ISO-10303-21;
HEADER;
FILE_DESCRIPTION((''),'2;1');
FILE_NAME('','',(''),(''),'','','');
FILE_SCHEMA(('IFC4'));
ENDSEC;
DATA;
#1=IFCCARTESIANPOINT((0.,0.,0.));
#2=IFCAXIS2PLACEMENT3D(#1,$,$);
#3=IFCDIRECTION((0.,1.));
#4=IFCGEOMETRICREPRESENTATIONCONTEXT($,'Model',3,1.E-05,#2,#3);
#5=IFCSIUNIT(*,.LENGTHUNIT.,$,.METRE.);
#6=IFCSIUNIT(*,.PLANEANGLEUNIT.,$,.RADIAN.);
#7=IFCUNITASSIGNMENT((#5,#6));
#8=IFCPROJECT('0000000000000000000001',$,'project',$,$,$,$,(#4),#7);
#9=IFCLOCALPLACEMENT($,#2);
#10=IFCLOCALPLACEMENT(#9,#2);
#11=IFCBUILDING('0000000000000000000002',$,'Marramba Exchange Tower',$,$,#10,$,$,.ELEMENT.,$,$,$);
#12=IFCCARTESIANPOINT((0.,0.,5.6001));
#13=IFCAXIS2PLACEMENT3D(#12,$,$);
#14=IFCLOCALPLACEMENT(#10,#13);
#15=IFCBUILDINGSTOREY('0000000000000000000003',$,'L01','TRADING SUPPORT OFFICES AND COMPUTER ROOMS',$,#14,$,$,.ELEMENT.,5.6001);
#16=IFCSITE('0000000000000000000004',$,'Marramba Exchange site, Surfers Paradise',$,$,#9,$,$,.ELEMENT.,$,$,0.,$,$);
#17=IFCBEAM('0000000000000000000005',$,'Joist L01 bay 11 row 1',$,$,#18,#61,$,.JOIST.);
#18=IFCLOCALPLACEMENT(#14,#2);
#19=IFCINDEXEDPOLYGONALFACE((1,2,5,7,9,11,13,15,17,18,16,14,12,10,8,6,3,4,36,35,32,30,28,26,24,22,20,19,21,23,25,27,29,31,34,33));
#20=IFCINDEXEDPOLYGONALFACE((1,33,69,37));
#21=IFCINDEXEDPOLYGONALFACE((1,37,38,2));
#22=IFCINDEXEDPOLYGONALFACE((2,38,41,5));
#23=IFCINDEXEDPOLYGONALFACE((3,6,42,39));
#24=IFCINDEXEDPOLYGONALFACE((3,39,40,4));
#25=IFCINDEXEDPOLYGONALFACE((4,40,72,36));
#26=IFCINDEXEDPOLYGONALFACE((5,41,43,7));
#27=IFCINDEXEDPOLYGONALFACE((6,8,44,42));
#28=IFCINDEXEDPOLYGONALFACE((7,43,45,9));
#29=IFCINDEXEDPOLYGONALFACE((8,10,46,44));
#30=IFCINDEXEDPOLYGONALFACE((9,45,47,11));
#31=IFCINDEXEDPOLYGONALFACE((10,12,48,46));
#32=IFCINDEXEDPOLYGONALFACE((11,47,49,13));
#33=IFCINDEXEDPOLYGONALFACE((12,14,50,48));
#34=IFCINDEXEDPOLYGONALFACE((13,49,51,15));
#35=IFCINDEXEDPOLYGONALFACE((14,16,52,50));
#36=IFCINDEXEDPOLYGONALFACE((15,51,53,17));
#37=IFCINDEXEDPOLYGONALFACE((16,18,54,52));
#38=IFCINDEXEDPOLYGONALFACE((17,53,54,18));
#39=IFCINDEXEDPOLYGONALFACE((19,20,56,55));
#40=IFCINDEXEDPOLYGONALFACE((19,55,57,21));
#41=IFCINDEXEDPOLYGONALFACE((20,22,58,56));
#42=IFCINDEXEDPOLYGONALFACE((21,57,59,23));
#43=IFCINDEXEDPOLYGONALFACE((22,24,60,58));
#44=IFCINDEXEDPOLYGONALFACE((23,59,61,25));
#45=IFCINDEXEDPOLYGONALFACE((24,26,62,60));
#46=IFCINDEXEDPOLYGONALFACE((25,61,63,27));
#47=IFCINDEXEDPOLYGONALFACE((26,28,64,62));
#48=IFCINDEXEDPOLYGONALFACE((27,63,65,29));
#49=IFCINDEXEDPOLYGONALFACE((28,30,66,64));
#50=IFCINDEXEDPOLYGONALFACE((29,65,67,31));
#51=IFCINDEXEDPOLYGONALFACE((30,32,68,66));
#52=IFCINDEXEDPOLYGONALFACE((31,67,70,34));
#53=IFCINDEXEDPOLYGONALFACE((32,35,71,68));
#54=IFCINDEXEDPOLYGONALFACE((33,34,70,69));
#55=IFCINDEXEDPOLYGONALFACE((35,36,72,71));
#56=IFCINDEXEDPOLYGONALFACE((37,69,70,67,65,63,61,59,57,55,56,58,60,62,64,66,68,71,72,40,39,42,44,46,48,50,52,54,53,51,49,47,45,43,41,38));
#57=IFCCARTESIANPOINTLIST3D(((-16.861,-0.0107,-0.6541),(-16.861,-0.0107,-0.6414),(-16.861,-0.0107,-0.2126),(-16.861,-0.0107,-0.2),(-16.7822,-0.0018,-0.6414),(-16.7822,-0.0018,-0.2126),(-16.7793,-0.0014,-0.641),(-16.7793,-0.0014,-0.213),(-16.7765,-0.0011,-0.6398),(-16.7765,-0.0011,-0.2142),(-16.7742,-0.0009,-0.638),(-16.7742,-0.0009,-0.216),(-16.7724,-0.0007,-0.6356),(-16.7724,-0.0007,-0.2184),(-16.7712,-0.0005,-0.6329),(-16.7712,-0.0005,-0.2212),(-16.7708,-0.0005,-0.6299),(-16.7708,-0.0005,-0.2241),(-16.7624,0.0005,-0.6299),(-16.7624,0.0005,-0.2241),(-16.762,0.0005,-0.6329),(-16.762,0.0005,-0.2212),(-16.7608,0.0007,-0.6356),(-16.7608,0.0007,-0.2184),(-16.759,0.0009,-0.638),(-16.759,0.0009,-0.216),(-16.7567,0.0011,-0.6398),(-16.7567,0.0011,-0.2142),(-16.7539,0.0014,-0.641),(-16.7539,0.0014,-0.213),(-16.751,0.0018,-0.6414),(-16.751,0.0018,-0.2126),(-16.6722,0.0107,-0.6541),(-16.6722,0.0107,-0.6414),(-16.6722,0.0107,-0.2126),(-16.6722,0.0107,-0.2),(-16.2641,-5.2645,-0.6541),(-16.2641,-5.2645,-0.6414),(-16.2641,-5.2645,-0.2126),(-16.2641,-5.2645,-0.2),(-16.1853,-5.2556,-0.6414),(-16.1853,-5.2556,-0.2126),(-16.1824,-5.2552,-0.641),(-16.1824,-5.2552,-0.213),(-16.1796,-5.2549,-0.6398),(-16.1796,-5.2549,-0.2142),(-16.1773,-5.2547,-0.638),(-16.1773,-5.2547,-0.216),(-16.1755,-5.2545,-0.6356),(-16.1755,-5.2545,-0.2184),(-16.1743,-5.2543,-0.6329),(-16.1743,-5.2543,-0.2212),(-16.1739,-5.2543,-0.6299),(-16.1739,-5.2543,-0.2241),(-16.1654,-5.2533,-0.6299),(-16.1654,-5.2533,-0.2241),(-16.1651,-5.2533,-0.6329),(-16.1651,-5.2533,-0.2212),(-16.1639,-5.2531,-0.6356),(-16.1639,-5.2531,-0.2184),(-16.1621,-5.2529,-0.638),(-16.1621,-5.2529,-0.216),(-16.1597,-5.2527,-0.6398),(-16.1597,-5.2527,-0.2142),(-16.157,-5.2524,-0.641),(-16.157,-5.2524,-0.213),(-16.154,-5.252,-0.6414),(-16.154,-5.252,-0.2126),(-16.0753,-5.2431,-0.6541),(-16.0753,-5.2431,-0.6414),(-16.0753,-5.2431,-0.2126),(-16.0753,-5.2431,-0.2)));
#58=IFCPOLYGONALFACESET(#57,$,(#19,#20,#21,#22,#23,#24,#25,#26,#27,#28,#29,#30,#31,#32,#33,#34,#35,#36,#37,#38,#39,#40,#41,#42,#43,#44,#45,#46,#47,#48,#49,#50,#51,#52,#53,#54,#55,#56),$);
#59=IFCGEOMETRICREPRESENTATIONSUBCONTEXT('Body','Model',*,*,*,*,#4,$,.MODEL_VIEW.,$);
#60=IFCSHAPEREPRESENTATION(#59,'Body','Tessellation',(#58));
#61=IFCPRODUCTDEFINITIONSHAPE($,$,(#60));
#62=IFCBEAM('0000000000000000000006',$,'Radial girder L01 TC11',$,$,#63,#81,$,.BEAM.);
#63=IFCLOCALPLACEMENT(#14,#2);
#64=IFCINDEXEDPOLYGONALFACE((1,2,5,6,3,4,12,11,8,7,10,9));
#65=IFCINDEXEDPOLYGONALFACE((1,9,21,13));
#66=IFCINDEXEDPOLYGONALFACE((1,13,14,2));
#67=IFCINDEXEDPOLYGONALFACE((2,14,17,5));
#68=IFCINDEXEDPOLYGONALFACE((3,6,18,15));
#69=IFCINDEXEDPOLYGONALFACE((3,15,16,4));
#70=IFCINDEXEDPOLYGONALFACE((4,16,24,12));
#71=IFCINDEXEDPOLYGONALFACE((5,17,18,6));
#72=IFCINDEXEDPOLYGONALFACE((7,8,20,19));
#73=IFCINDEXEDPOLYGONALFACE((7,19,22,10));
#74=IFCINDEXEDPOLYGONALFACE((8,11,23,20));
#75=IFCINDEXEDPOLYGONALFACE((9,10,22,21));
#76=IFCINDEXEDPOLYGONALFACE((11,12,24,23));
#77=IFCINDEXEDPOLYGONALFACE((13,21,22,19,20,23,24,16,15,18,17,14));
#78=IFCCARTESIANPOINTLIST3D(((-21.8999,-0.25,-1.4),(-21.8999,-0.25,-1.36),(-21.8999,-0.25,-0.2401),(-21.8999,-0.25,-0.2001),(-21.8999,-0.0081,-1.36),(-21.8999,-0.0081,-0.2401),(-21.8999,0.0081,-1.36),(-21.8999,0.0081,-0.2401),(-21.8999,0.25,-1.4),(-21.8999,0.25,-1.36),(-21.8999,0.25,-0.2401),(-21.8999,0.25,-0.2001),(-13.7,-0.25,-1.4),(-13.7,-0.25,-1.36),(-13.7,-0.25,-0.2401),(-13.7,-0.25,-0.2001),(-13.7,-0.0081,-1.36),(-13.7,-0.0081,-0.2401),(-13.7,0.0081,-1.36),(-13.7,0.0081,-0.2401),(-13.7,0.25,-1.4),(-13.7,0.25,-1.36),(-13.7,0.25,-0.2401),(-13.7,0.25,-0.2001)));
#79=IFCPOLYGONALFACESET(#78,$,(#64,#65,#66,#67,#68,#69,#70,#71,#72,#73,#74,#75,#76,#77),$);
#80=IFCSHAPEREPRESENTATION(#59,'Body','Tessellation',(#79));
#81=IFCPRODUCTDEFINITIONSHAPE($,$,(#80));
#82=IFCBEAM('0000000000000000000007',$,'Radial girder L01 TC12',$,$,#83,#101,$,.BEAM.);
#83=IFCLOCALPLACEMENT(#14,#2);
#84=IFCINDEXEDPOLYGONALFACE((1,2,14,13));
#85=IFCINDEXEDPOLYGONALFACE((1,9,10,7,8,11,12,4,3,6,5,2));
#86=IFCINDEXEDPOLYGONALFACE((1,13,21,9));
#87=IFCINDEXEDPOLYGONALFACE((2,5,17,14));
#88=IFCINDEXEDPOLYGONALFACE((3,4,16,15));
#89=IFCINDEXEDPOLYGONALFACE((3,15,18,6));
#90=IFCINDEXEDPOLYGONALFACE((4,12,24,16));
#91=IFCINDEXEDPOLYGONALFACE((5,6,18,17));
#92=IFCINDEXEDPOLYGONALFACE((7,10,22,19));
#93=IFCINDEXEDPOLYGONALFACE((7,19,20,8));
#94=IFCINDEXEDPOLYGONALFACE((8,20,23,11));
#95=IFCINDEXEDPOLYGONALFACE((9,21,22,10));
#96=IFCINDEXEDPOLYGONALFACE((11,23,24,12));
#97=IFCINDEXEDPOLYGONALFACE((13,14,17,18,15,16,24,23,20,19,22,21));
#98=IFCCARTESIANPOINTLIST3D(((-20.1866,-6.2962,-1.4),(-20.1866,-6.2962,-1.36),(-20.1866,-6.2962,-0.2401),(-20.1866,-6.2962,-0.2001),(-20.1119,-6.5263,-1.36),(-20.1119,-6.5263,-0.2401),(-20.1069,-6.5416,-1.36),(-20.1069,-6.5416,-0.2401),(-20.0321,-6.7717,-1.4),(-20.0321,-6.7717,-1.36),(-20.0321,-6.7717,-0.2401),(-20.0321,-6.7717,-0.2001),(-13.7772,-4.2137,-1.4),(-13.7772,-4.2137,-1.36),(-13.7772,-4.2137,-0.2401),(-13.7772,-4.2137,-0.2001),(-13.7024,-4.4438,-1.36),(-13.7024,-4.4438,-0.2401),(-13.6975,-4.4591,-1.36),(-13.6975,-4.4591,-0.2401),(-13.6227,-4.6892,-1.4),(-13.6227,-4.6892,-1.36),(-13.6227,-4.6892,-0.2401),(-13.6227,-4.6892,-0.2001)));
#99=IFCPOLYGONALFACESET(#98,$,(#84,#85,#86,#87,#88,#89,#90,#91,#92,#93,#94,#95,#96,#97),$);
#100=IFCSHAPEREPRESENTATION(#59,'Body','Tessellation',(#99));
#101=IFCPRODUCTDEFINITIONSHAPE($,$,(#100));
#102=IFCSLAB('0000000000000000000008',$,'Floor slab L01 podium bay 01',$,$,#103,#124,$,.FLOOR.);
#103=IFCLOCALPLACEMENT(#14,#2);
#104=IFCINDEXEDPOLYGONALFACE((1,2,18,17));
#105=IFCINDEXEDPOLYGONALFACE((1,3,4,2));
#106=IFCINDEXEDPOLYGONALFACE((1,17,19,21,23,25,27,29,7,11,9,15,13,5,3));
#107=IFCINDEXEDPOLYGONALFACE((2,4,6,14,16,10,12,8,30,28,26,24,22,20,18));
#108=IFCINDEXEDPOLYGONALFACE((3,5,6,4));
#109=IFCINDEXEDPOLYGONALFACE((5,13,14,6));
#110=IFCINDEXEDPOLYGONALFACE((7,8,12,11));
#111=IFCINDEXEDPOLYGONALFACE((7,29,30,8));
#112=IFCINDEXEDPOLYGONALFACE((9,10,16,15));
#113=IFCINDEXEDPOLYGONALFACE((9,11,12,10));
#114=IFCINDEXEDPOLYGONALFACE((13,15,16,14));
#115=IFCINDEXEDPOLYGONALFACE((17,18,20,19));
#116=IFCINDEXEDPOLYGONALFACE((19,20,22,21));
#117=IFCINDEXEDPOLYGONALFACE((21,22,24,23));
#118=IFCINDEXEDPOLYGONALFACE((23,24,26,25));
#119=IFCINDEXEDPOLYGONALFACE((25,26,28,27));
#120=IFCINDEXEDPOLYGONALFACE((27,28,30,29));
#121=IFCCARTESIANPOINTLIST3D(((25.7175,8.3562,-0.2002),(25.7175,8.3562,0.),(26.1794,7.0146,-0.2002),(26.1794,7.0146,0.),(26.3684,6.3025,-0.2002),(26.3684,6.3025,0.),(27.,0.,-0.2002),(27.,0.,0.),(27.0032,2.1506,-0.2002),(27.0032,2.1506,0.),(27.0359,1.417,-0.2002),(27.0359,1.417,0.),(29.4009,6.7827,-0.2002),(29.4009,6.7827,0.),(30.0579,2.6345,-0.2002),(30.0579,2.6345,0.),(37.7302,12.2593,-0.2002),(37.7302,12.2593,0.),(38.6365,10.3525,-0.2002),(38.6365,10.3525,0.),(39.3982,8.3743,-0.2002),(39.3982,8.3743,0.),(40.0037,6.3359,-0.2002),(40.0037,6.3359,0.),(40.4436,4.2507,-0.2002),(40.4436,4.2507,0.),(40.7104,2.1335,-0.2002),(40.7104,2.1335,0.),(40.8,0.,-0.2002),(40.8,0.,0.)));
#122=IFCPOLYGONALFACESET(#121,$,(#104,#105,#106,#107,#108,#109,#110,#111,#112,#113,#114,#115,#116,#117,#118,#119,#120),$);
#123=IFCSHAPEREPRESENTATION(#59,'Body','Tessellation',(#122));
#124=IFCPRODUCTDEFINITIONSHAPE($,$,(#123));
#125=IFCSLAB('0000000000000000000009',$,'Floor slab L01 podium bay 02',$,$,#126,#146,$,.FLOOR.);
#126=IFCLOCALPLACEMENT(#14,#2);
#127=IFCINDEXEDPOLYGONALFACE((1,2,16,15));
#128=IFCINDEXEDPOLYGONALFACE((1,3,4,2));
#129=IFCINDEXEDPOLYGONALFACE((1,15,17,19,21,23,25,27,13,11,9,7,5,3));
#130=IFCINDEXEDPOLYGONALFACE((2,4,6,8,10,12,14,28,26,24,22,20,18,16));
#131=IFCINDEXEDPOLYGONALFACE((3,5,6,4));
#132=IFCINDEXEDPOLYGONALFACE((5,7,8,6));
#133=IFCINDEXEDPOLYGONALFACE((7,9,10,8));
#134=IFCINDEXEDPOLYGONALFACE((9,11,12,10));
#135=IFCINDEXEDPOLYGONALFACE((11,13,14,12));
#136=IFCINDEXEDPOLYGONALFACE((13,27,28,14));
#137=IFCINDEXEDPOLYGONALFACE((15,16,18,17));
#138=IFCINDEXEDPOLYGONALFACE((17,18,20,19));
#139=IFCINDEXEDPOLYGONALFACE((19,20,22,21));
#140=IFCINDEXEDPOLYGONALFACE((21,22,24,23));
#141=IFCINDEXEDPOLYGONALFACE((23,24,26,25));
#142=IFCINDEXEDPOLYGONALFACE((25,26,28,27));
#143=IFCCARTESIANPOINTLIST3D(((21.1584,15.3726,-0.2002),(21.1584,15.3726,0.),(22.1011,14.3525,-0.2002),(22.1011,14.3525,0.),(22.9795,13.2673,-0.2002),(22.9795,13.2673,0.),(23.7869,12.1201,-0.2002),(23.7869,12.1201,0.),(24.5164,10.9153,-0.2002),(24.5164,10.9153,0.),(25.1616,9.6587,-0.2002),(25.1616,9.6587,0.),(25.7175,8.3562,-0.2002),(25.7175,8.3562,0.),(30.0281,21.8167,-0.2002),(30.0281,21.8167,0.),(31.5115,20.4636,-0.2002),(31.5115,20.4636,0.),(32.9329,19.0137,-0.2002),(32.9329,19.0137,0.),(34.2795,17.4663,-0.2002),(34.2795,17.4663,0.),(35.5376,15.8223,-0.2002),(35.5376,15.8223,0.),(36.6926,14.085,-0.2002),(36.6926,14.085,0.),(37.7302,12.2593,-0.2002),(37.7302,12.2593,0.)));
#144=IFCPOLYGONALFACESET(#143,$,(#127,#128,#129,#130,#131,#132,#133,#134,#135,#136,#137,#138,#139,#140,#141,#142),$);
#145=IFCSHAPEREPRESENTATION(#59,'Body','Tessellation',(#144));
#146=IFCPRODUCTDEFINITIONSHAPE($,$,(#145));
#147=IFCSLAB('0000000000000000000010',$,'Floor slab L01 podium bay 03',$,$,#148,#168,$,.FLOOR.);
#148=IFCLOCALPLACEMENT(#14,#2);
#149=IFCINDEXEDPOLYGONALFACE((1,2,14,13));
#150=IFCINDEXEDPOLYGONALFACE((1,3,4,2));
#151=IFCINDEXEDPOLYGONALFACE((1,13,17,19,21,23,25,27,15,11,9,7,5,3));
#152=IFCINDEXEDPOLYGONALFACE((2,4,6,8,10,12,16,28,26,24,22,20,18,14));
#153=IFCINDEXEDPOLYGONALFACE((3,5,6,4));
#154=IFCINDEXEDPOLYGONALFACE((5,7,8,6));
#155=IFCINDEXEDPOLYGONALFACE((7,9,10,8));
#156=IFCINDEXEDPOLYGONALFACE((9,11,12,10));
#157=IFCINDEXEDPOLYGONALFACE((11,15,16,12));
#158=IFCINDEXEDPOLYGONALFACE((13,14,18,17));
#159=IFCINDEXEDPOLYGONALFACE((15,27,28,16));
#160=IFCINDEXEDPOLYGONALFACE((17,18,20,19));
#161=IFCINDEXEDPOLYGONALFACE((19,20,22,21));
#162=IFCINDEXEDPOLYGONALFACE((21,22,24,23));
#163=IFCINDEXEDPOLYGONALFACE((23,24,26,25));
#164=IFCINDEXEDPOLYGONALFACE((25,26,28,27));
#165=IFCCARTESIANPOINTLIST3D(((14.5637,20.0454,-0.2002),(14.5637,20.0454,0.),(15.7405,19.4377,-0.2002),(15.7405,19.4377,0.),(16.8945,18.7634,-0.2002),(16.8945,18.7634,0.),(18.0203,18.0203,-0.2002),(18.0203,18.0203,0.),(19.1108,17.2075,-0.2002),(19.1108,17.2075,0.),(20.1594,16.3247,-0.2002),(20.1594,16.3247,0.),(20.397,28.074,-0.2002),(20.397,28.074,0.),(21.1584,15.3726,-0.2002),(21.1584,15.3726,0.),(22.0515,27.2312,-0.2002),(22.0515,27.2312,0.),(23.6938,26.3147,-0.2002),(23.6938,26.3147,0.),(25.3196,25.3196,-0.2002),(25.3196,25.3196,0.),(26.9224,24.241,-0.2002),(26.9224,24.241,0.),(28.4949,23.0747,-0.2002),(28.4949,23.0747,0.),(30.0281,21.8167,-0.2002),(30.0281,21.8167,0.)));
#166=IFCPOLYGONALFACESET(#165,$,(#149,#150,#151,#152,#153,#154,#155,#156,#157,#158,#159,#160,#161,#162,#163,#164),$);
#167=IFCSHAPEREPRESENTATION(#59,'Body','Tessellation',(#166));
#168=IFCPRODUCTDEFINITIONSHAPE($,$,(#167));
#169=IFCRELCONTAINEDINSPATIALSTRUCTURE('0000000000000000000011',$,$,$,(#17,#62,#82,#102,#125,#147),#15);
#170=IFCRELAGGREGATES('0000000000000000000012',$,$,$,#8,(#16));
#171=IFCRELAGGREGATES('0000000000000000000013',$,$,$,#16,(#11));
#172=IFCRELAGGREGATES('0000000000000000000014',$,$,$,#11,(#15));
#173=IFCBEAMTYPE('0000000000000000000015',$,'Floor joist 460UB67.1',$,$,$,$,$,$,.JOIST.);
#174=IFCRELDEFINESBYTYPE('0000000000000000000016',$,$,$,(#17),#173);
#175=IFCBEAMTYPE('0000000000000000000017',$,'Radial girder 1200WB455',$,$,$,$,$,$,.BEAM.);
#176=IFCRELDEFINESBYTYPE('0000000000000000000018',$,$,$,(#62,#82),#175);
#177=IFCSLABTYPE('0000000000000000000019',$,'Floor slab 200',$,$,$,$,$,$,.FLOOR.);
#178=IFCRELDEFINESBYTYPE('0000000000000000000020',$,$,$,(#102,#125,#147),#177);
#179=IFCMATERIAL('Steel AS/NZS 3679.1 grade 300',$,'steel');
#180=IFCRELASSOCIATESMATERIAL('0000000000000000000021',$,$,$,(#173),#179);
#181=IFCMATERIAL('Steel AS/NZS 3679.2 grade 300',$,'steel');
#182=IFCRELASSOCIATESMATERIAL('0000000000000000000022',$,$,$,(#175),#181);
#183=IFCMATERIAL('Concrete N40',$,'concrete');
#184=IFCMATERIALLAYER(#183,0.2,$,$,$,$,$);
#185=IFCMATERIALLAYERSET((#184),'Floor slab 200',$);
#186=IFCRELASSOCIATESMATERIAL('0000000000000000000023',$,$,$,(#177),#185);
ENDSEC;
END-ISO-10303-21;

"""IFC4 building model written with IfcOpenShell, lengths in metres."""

from ifc_helpers import new_model, si_unit, direction, frame, origin, origin_2d, place, context, subcontext, project, spatial, polyline, i_section, outline, extrude, material, layer, layer_set, material_profile, profile_set, type_object, element, save


model = new_model("IFC4")

# Units and contexts
model_context = context("Model", 3, precision=1e-05, world=origin(), true_north=direction((0.0, 1.0)))
body_context = subcontext(model_context, "Body", "Model", "MODEL_VIEW")
ifc_project = project(units=[si_unit("LENGTHUNIT", "METRE"), si_unit("PLANEANGLEUNIT", "RADIAN")], contexts=[model_context])

# Site, building, storey
site_placement = place(None, origin())
site = spatial("IfcSite", under=ifc_project, at=site_placement, Name="Marramba Exchange site, Surfers Paradise", CompositionType="ELEMENT", RefElevation=0.0)
building_placement = place(site_placement, origin())
building = spatial("IfcBuilding", under=site, at=building_placement, Name="Marramba Exchange Tower", CompositionType="ELEMENT")
storey_placement = place(building_placement, frame((0.0, 0.0, 5.6001)))
storey = spatial("IfcBuildingStorey", under=building, at=storey_placement, Name="L01", Description="TRADING SUPPORT OFFICES AND COMPUTER ROOMS", CompositionType="ELEMENT", Elevation=5.6001)

# Beams
ifc_material_1 = material(Name="Steel AS/NZS 3679.1 grade 300", Category="steel")
ifc_material_profile_1 = material_profile(ifc_material_1, i_section(OverallWidth=0.1899, OverallDepth=0.4541, WebThickness=0.0085, FlangeThickness=0.0127, FilletRadius=0.0115, at=origin_2d()), Name="460UB67.1")
ifc_profile_set_1 = profile_set([ifc_material_profile_1], Name="Steel AS/NZS 3679.1 grade 300")
beam_type_1 = type_object("IfcBeamType", Name="Floor joist 460UB67.1", PredefinedType="JOIST", material=ifc_profile_set_1)
beam_1_placement = place(storey_placement, frame((-16.7666, 0.0, -0.427), z_axis=(0.112889, -0.993608, 0.0), x_axis=(0.993608, 0.112889, 0.0)))
element("IfcBeam", 1, at=beam_1_placement, inside=storey, type_object=beam_type_1, Name="Joist L01 bay 11 row 1", PredefinedType="JOIST", context=body_context, shape_type="SweptSolid", body=[
    extrude(i_section(OverallWidth=0.1899, OverallDepth=0.4541, WebThickness=0.0085, FlangeThickness=0.0127, FilletRadius=0.0115, at=origin_2d()), origin(), (0.0, 0.0, 1.0), 5.2876),
])
ifc_material_2 = material(Name="Steel AS/NZS 3679.2 grade 300", Category="steel")
ifc_material_profile_2 = material_profile(ifc_material_2, i_section(OverallWidth=0.5, OverallDepth=1.2, WebThickness=0.0161, FlangeThickness=0.04, at=origin_2d()), Name="1200WB455")
ifc_profile_set_2 = profile_set([ifc_material_profile_2], Name="Steel AS/NZS 3679.2 grade 300")
beam_type_2 = type_object("IfcBeamType", Name="Radial girder 1200WB455", PredefinedType="BEAM", material=ifc_profile_set_2)
beam_2_placement = place(storey_placement, frame((-13.7, 0.0, -0.8), z_axis=(-1.0, 0.0, 0.0), x_axis=(0.0, -1.0, 0.0)))
element("IfcBeam", 2, at=beam_2_placement, inside=storey, type_object=beam_type_2, Name="Radial girder L01 TC11", PredefinedType="BEAM", context=body_context, shape_type="SweptSolid", body=[
    extrude(i_section(OverallWidth=0.5, OverallDepth=1.2, WebThickness=0.0161, FlangeThickness=0.04, at=origin_2d()), origin(), (0.0, 0.0, 1.0), 8.2),
])
beam_3_placement = place(storey_placement, frame((-13.7, -4.4514, -0.8), z_axis=(-0.951058, -0.309013, 0.0), x_axis=(0.309013, -0.951058, 0.0)))
element("IfcBeam", 3, at=beam_3_placement, inside=storey, type_object=beam_type_2, Name="Radial girder L01 TC12", PredefinedType="BEAM", context=body_context, shape_type="SweptSolid", body=[
    extrude(i_section(OverallWidth=0.5, OverallDepth=1.2, WebThickness=0.0161, FlangeThickness=0.04, at=origin_2d()), origin(), (0.0, 0.0, 1.0), 6.7393),
])

# Slabs
ifc_material_3 = material(Name="Concrete N40", Category="concrete")
ifc_layer_1 = layer(ifc_material_3, 0.2)
ifc_layer_set_1 = layer_set([ifc_layer_1], Name="Floor slab 200")
slab_type = type_object("IfcSlabType", Name="Floor slab 200", PredefinedType="FLOOR", material=ifc_layer_set_1)
slab_1_placement = place(storey_placement, frame((0.0, 0.0, -0.2002)))
element("IfcSlab", 4, at=slab_1_placement, inside=storey, type_object=slab_type, Name="Floor slab L01 podium bay 01", PredefinedType="FLOOR", context=body_context, shape_type="SweptSolid", body=[
    extrude(outline(polyline([(38.6365, 10.3525), (39.3982, 8.3743), (40.0037, 6.3359), (40.4436, 4.2507), (40.7104, 2.1335), (40.8, 0.0), (27.0, 0.0), (27.0359, 1.417), (27.0032, 2.1506), (30.0579, 2.6345), (29.4009, 6.7827), (26.3684, 6.3025), (26.1794, 7.0146), (25.7175, 8.3562), (37.7302, 12.2593), (38.6365, 10.3525)])), origin(), (0.0, 0.0, 1.0), 0.2002),
])
slab_2_placement = place(storey_placement, frame((0.0, 0.0, -0.2002)))
element("IfcSlab", 5, at=slab_2_placement, inside=storey, type_object=slab_type, Name="Floor slab L01 podium bay 02", PredefinedType="FLOOR", context=body_context, shape_type="SweptSolid", body=[
    extrude(outline(polyline([(31.5115, 20.4636), (32.9329, 19.0137), (34.2795, 17.4663), (35.5376, 15.8223), (36.6926, 14.085), (37.7302, 12.2593), (25.7175, 8.3562), (25.1616, 9.6587), (24.5164, 10.9153), (23.7869, 12.1201), (22.9795, 13.2673), (22.1011, 14.3525), (21.1584, 15.3726), (30.0281, 21.8167), (31.5115, 20.4636)])), origin(), (0.0, 0.0, 1.0), 0.2002),
])
slab_3_placement = place(storey_placement, frame((0.0, 0.0, -0.2002)))
element("IfcSlab", 6, at=slab_3_placement, inside=storey, type_object=slab_type, Name="Floor slab L01 podium bay 03", PredefinedType="FLOOR", context=body_context, shape_type="SweptSolid", body=[
    extrude(outline(polyline([(22.0515, 27.2312), (23.6938, 26.3147), (25.3196, 25.3196), (26.9224, 24.241), (28.4949, 23.0747), (30.0281, 21.8167), (21.1584, 15.3726), (20.1594, 16.3247), (19.1108, 17.2075), (18.0203, 18.0203), (16.8945, 18.7634), (15.7405, 19.4377), (14.5637, 20.0454), (20.397, 28.074), (22.0515, 27.2312)])), origin(), (0.0, 0.0, 1.0), 0.2002),
])

save(model, "model.ifc")
